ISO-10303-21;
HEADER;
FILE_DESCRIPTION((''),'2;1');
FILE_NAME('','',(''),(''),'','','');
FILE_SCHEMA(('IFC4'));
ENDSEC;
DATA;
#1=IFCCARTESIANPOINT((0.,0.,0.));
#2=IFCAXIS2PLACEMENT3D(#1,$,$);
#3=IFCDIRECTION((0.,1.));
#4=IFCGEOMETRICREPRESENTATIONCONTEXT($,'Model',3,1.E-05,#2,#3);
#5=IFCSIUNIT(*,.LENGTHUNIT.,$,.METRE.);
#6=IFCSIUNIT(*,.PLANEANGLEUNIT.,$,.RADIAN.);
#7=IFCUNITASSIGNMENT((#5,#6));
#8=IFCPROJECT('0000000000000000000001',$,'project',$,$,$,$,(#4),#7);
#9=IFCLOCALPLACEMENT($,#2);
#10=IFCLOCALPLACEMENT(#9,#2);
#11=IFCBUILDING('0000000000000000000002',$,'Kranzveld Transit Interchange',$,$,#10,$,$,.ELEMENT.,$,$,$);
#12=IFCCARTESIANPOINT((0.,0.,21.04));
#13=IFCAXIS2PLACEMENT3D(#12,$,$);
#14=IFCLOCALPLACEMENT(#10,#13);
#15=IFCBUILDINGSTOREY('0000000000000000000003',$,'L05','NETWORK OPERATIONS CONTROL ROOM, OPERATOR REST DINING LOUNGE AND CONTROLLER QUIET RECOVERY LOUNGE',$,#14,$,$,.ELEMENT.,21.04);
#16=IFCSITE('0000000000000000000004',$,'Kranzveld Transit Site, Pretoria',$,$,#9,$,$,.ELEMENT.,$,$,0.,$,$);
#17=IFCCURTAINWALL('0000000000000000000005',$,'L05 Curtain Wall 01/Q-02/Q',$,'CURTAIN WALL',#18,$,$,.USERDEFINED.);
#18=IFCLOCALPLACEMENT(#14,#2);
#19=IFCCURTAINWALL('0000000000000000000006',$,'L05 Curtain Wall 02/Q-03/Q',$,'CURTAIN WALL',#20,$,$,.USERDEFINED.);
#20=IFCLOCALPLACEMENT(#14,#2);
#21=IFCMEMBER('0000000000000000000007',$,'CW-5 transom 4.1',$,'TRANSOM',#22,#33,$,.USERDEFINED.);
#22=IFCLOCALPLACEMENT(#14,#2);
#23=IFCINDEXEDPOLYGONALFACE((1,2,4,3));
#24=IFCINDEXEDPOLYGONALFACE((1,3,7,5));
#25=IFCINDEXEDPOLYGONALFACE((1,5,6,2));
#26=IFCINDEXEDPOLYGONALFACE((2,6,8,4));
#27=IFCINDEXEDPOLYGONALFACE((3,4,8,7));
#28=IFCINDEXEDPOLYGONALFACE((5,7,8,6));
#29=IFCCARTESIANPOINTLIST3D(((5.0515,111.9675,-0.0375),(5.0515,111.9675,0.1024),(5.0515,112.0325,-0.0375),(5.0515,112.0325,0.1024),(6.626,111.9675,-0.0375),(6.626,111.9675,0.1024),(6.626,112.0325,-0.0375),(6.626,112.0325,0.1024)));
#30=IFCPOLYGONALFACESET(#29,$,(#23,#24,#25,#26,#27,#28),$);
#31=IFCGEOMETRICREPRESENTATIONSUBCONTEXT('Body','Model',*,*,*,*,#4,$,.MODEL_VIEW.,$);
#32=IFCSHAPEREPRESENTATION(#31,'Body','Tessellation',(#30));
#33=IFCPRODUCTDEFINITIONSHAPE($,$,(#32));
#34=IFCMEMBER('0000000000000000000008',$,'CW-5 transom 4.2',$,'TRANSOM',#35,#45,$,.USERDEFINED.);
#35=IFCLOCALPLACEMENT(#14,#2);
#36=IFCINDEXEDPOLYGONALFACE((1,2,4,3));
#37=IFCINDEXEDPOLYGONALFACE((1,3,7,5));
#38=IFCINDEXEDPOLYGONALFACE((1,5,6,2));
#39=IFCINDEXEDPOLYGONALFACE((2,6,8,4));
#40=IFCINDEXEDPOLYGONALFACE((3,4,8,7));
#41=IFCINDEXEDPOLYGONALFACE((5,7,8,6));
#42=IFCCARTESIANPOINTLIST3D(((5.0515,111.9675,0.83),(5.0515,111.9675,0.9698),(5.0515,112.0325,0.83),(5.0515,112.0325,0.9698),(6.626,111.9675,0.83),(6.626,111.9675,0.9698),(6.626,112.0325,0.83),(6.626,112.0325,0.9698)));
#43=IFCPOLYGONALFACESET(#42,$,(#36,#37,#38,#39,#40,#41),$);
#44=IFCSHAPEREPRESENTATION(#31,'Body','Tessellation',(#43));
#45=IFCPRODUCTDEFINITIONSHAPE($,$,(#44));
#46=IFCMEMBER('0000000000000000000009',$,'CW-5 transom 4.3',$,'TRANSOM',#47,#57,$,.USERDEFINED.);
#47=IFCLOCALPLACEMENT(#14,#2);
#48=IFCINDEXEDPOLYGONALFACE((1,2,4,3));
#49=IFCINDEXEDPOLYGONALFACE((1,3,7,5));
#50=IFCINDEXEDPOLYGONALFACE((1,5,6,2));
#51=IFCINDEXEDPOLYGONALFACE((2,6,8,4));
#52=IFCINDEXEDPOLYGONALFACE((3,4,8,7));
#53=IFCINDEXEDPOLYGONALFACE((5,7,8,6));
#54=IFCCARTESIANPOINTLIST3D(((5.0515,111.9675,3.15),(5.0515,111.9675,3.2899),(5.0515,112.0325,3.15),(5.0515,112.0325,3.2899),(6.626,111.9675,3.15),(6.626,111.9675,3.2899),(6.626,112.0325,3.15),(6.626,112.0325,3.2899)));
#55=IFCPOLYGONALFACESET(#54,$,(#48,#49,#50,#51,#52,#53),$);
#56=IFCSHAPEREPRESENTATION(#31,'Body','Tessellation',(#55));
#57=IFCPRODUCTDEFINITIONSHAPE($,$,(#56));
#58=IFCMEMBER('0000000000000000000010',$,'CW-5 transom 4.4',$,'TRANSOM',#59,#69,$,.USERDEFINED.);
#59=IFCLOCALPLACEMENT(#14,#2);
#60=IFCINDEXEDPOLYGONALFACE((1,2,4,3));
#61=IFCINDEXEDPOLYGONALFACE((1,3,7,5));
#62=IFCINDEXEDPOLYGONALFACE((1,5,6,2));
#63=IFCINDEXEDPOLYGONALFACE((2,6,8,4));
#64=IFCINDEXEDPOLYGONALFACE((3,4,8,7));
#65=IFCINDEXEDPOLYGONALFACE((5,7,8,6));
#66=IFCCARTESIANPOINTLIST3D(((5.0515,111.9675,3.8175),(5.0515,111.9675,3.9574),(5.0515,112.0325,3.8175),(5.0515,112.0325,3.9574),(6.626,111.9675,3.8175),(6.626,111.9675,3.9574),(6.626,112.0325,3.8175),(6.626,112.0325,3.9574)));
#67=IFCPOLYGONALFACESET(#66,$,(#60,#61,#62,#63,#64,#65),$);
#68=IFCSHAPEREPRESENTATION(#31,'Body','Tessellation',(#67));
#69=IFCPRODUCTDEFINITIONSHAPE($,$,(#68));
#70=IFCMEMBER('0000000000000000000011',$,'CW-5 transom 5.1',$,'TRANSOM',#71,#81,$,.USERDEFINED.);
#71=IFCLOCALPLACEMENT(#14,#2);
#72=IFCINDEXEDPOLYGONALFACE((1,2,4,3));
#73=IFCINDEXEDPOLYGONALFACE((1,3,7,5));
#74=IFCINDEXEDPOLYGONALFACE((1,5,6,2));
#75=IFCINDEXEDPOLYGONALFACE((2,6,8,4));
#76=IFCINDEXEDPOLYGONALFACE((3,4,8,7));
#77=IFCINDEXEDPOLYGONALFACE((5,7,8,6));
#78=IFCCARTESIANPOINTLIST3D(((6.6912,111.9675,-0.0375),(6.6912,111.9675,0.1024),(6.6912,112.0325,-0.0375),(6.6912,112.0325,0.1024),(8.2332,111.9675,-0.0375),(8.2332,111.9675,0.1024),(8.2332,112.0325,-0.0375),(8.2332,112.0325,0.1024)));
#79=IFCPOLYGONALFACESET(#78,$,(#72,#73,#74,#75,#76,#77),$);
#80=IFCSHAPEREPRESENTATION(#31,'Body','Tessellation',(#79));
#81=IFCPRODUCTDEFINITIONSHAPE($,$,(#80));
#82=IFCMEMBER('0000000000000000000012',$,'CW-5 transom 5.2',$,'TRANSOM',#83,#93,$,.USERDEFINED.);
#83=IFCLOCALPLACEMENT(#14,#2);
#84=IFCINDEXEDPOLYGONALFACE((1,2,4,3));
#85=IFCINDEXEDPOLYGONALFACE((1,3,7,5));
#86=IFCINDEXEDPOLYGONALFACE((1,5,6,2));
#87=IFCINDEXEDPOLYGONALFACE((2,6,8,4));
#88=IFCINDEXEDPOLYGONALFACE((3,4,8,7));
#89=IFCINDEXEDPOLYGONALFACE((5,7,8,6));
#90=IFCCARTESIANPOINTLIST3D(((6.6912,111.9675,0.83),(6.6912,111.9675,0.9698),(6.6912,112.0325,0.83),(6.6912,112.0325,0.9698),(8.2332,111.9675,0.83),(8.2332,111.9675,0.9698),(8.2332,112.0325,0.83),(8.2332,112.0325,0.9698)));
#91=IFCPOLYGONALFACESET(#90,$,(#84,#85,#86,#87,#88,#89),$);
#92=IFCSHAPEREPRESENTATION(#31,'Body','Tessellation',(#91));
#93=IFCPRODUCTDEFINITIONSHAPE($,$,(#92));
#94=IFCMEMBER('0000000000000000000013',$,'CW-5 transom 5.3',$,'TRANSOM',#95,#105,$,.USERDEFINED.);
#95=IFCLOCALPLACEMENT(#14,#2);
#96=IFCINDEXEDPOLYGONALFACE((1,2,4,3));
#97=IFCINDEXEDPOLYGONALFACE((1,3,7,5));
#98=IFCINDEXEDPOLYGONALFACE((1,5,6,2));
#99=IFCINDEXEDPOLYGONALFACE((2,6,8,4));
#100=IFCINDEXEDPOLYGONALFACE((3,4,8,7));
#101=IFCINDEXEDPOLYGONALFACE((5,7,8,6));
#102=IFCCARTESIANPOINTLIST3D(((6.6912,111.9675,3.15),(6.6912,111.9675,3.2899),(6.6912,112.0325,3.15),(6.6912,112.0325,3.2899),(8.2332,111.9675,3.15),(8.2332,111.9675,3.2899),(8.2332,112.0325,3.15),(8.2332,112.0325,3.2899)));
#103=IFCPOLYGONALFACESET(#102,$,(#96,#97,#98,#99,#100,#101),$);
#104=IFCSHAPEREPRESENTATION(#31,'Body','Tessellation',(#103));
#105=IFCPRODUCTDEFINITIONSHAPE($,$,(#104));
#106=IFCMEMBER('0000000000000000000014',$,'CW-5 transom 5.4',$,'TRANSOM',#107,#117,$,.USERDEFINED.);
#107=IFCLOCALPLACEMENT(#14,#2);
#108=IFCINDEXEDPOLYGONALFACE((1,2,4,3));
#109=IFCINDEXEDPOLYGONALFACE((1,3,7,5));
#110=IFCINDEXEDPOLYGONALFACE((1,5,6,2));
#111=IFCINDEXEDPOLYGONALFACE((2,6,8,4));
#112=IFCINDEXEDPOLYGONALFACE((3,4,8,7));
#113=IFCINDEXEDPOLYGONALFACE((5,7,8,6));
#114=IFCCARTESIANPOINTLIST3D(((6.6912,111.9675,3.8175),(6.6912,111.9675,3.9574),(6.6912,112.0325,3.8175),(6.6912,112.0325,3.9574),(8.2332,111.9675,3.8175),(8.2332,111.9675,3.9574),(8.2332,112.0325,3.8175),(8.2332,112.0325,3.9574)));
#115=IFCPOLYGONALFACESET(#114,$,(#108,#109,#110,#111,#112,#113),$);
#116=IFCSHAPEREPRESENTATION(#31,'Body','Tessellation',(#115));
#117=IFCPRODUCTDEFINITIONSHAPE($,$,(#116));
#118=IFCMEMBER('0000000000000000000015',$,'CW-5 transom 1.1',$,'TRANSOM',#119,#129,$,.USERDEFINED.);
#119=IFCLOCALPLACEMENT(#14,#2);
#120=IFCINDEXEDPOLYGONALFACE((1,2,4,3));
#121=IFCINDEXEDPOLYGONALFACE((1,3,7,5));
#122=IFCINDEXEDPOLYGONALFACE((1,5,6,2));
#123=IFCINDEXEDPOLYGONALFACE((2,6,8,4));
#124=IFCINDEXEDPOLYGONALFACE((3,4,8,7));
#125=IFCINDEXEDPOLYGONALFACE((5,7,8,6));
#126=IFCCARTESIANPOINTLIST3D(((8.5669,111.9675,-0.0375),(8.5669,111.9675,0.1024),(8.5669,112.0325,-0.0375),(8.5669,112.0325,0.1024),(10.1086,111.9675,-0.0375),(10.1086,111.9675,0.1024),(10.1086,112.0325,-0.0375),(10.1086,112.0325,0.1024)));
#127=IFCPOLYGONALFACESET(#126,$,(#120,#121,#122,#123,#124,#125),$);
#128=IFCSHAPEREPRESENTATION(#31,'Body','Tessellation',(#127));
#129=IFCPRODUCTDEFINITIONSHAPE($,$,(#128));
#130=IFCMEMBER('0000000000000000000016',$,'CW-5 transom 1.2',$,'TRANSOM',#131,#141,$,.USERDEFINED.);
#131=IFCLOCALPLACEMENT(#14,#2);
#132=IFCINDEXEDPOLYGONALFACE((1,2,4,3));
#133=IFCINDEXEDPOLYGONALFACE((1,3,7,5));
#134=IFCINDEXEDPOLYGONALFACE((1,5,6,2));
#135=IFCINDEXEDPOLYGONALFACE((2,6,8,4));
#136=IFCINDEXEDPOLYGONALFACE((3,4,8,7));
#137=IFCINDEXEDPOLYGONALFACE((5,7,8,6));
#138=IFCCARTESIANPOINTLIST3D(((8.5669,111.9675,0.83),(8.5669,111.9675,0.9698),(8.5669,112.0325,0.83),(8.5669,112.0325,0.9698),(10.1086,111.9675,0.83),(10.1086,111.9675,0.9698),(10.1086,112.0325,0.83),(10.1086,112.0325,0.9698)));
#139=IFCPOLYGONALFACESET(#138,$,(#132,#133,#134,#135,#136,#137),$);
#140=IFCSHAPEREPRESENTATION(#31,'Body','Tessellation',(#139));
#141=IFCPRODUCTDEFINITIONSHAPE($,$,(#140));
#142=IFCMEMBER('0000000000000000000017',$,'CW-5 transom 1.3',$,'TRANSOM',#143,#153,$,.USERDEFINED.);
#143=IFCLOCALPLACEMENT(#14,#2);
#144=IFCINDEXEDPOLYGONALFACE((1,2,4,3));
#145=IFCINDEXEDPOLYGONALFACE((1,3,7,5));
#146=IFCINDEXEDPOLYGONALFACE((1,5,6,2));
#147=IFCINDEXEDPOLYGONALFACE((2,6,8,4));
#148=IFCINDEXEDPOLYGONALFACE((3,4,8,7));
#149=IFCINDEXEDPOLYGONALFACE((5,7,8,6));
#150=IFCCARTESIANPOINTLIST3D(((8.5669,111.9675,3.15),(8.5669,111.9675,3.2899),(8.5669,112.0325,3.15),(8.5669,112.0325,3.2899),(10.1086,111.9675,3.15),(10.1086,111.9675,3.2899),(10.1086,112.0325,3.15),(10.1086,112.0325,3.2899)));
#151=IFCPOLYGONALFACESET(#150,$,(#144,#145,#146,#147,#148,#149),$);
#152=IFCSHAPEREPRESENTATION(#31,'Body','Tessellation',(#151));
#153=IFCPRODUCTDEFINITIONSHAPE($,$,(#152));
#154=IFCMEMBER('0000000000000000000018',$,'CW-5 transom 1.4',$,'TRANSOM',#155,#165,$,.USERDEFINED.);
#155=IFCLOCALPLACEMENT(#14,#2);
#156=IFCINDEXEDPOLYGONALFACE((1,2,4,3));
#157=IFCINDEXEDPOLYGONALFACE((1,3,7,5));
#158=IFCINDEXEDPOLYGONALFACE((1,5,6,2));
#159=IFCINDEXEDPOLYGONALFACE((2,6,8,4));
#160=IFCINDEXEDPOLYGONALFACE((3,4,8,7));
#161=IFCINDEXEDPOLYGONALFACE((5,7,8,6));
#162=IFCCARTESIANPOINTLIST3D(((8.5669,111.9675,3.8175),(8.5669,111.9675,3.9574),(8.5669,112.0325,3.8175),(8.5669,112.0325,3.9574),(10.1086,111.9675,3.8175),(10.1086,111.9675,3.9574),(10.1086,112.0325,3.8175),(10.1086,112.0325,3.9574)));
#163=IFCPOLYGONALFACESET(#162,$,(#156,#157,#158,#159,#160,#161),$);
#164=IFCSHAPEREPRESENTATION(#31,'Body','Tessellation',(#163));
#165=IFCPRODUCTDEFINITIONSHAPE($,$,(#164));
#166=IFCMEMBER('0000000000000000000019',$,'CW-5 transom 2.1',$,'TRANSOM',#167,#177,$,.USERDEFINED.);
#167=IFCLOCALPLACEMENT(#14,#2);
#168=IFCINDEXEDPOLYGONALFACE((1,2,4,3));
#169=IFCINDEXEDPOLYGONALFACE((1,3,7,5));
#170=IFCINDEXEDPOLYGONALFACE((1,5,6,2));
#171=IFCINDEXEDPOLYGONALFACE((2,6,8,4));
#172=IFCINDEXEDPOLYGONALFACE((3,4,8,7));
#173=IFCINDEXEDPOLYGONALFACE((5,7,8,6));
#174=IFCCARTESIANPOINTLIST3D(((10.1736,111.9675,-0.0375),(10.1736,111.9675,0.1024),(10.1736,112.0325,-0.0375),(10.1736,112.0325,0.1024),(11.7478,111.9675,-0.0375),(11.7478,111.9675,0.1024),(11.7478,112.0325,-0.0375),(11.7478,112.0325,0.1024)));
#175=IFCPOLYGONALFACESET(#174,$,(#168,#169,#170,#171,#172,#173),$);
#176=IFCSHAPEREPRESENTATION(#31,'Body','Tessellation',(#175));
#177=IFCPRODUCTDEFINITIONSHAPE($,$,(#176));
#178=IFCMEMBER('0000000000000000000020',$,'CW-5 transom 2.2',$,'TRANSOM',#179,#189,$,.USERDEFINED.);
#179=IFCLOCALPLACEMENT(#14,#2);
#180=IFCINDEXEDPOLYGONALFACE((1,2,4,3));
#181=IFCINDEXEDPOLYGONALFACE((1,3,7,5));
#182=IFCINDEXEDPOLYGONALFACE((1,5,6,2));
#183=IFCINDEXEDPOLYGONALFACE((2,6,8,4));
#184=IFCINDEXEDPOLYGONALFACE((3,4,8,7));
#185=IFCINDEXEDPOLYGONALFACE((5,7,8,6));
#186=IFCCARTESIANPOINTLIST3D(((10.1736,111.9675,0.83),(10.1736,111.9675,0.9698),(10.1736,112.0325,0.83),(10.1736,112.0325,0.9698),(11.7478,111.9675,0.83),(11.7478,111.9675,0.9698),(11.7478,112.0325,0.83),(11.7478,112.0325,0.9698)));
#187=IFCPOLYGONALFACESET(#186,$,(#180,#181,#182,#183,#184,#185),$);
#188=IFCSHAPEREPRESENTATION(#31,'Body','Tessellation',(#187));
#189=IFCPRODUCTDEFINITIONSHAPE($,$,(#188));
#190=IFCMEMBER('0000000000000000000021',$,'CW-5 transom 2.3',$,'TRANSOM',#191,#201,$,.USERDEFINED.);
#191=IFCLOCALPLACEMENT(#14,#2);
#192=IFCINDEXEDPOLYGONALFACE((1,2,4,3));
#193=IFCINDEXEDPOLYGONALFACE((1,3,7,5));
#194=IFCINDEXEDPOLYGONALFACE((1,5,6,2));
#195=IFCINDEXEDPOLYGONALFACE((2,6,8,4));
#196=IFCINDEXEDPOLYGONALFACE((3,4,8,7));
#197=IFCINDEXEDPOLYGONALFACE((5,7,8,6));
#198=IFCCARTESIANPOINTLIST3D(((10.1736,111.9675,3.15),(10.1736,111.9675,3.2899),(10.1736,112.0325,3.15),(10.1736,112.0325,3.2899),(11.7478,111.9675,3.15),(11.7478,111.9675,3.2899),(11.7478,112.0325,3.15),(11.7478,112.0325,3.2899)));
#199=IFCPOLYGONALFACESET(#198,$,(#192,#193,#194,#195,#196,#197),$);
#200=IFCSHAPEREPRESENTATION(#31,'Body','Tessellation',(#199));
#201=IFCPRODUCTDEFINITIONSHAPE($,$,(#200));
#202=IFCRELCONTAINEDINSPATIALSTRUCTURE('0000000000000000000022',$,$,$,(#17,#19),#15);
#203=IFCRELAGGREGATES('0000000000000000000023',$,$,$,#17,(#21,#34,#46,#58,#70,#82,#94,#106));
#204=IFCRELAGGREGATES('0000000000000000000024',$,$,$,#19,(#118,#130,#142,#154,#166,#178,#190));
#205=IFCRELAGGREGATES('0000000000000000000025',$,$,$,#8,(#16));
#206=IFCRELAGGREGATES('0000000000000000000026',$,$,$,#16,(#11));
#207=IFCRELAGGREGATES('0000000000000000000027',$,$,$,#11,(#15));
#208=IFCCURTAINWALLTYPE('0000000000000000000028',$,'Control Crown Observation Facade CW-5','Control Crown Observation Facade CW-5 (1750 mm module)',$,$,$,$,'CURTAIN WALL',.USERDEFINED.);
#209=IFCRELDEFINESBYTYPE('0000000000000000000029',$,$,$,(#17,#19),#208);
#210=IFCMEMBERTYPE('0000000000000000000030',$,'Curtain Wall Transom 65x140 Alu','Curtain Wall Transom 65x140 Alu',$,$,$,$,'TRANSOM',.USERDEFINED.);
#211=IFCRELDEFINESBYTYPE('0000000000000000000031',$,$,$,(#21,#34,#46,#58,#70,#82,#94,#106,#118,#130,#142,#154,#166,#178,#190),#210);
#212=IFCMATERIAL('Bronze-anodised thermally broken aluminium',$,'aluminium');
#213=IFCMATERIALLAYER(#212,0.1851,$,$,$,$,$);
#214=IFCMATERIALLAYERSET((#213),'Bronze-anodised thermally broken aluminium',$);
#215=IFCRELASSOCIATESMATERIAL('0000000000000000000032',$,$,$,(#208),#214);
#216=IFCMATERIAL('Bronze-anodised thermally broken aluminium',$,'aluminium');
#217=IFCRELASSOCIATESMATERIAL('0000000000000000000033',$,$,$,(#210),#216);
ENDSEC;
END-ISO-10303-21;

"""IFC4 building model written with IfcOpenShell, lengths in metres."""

from ifc_helpers import new_model, si_unit, direction, frame, origin, origin_2d, place, context, subcontext, project, spatial, rectangle, extrude, material, layer, layer_set, material_profile, profile_set, type_object, element, aggregate, save


model = new_model("IFC4")

# Units and contexts
model_context = context("Model", 3, precision=1e-05, world=origin(), true_north=direction((0.0, 1.0)))
body_context = subcontext(model_context, "Body", "Model", "MODEL_VIEW")
ifc_project = project(units=[si_unit("LENGTHUNIT", "METRE"), si_unit("PLANEANGLEUNIT", "RADIAN")], contexts=[model_context])

# Site, building, storey
site_placement = place(None, origin())
site = spatial("IfcSite", under=ifc_project, at=site_placement, Name="Kranzveld Transit Site, Pretoria", CompositionType="ELEMENT", RefElevation=0.0)
building_placement = place(site_placement, origin())
building = spatial("IfcBuilding", under=site, at=building_placement, Name="Kranzveld Transit Interchange", CompositionType="ELEMENT")
storey_placement = place(building_placement, frame((0.0, 0.0, 21.04)))
storey = spatial("IfcBuildingStorey", under=building, at=storey_placement, Name="L05", Description="NETWORK OPERATIONS CONTROL ROOM, OPERATOR REST DINING LOUNGE AND CONTROLLER QUIET RECOVERY LOUNGE", CompositionType="ELEMENT", Elevation=21.04)

# Curtain walls
ifc_material_1 = material(Name="Bronze-anodised thermally broken aluminium", Category="aluminium")
ifc_layer_1 = layer(ifc_material_1, 0.1851)
ifc_layer_set_1 = layer_set([ifc_layer_1], Name="Bronze-anodised thermally broken aluminium")
curtain_wall_type = type_object("IfcCurtainWallType", Name="Control Crown Observation Facade CW-5", Description="Control Crown Observation Facade CW-5 (1750 mm module)", ElementType="CURTAIN WALL", PredefinedType="USERDEFINED", material=ifc_layer_set_1)
curtain_wall_1_placement = place(storey_placement, origin())
curtain_wall_1 = element("IfcCurtainWall", 1, at=curtain_wall_1_placement, inside=storey, type_object=curtain_wall_type, Name="L05 Curtain Wall 01/Q-02/Q", ObjectType="CURTAIN WALL", PredefinedType="USERDEFINED")
curtain_wall_2_placement = place(storey_placement, origin())
curtain_wall_2 = element("IfcCurtainWall", 2, at=curtain_wall_2_placement, inside=storey, type_object=curtain_wall_type, Name="L05 Curtain Wall 02/Q-03/Q", ObjectType="CURTAIN WALL", PredefinedType="USERDEFINED")

# Members
ifc_material_2 = material(Name="Bronze-anodised thermally broken aluminium", Category="aluminium")
ifc_material_profile_1 = material_profile(ifc_material_2, rectangle(XDim=0.0649, YDim=0.1399, at=origin_2d()), Name="ALU TRANSOM 65x140")
ifc_profile_set_1 = profile_set([ifc_material_profile_1], Name="Bronze-anodised thermally broken aluminium")
member_type_1 = type_object("IfcMemberType", Name="Curtain Wall Transom 65x140 Alu", Description="Curtain Wall Transom 65x140 Alu", ElementType="TRANSOM", PredefinedType="USERDEFINED", material=ifc_profile_set_1)
member_1_placement = place(storey_placement, frame((5.0515, 112.0, 0.0325), z_axis=(1.0, 0.0, 0.0), x_axis=(0.0, 1.0, 0.0)))
member_1 = element("IfcMember", 3, at=member_1_placement, type_object=member_type_1, Name="CW-5 transom 4.1", ObjectType="TRANSOM", PredefinedType="USERDEFINED", context=body_context, shape_type="SweptSolid", body=[
    extrude(rectangle(XDim=0.0649, YDim=0.1399, at=origin_2d()), origin(), (0.0, 0.0, 1.0), 1.5745),
])
member_2_placement = place(storey_placement, frame((5.0515, 112.0, 0.8999), z_axis=(1.0, 0.0, 0.0), x_axis=(0.0, 1.0, 0.0)))
member_2 = element("IfcMember", 4, at=member_2_placement, type_object=member_type_1, Name="CW-5 transom 4.2", ObjectType="TRANSOM", PredefinedType="USERDEFINED", context=body_context, shape_type="SweptSolid", body=[
    extrude(rectangle(XDim=0.0649, YDim=0.1399, at=origin_2d()), origin(), (0.0, 0.0, 1.0), 1.5745),
])
member_3_placement = place(storey_placement, frame((5.0515, 112.0, 3.22), z_axis=(1.0, 0.0, 0.0), x_axis=(0.0, 1.0, 0.0)))
member_3 = element("IfcMember", 5, at=member_3_placement, type_object=member_type_1, Name="CW-5 transom 4.3", ObjectType="TRANSOM", PredefinedType="USERDEFINED", context=body_context, shape_type="SweptSolid", body=[
    extrude(rectangle(XDim=0.0649, YDim=0.1399, at=origin_2d()), origin(), (0.0, 0.0, 1.0), 1.5745),
])
member_4_placement = place(storey_placement, frame((5.0515, 112.0, 3.8875), z_axis=(1.0, 0.0, 0.0), x_axis=(0.0, 1.0, 0.0)))
member_4 = element("IfcMember", 6, at=member_4_placement, type_object=member_type_1, Name="CW-5 transom 4.4", ObjectType="TRANSOM", PredefinedType="USERDEFINED", context=body_context, shape_type="SweptSolid", body=[
    extrude(rectangle(XDim=0.0649, YDim=0.1399, at=origin_2d()), origin(), (0.0, 0.0, 1.0), 1.5745),
])
member_5_placement = place(storey_placement, frame((6.6912, 112.0, 0.0325), z_axis=(1.0, 0.0, 0.0), x_axis=(0.0, 1.0, 0.0)))
member_5 = element("IfcMember", 7, at=member_5_placement, type_object=member_type_1, Name="CW-5 transom 5.1", ObjectType="TRANSOM", PredefinedType="USERDEFINED", context=body_context, shape_type="SweptSolid", body=[
    extrude(rectangle(XDim=0.0649, YDim=0.1399, at=origin_2d()), origin(), (0.0, 0.0, 1.0), 1.542),
])
member_6_placement = place(storey_placement, frame((6.6912, 112.0, 0.8999), z_axis=(1.0, 0.0, 0.0), x_axis=(0.0, 1.0, 0.0)))
member_6 = element("IfcMember", 8, at=member_6_placement, type_object=member_type_1, Name="CW-5 transom 5.2", ObjectType="TRANSOM", PredefinedType="USERDEFINED", context=body_context, shape_type="SweptSolid", body=[
    extrude(rectangle(XDim=0.0649, YDim=0.1399, at=origin_2d()), origin(), (0.0, 0.0, 1.0), 1.542),
])
member_7_placement = place(storey_placement, frame((6.6912, 112.0, 3.22), z_axis=(1.0, 0.0, 0.0), x_axis=(0.0, 1.0, 0.0)))
member_7 = element("IfcMember", 9, at=member_7_placement, type_object=member_type_1, Name="CW-5 transom 5.3", ObjectType="TRANSOM", PredefinedType="USERDEFINED", context=body_context, shape_type="SweptSolid", body=[
    extrude(rectangle(XDim=0.0649, YDim=0.1399, at=origin_2d()), origin(), (0.0, 0.0, 1.0), 1.542),
])
member_8_placement = place(storey_placement, frame((6.6912, 112.0, 3.8875), z_axis=(1.0, 0.0, 0.0), x_axis=(0.0, 1.0, 0.0)))
member_8 = element("IfcMember", 10, at=member_8_placement, type_object=member_type_1, Name="CW-5 transom 5.4", ObjectType="TRANSOM", PredefinedType="USERDEFINED", context=body_context, shape_type="SweptSolid", body=[
    extrude(rectangle(XDim=0.0649, YDim=0.1399, at=origin_2d()), origin(), (0.0, 0.0, 1.0), 1.542),
])
member_9_placement = place(storey_placement, frame((8.5669, 112.0, 0.0325), z_axis=(1.0, 0.0, 0.0), x_axis=(0.0, 1.0, 0.0)))
member_9 = element("IfcMember", 11, at=member_9_placement, type_object=member_type_1, Name="CW-5 transom 1.1", ObjectType="TRANSOM", PredefinedType="USERDEFINED", context=body_context, shape_type="SweptSolid", body=[
    extrude(rectangle(XDim=0.0649, YDim=0.1399, at=origin_2d()), origin(), (0.0, 0.0, 1.0), 1.5417),
])
member_10_placement = place(storey_placement, frame((8.5669, 112.0, 0.8999), z_axis=(1.0, 0.0, 0.0), x_axis=(0.0, 1.0, 0.0)))
member_10 = element("IfcMember", 12, at=member_10_placement, type_object=member_type_1, Name="CW-5 transom 1.2", ObjectType="TRANSOM", PredefinedType="USERDEFINED", context=body_context, shape_type="SweptSolid", body=[
    extrude(rectangle(XDim=0.0649, YDim=0.1399, at=origin_2d()), origin(), (0.0, 0.0, 1.0), 1.5417),
])
member_11_placement = place(storey_placement, frame((8.5669, 112.0, 3.22), z_axis=(1.0, 0.0, 0.0), x_axis=(0.0, 1.0, 0.0)))
member_11 = element("IfcMember", 13, at=member_11_placement, type_object=member_type_1, Name="CW-5 transom 1.3", ObjectType="TRANSOM", PredefinedType="USERDEFINED", context=body_context, shape_type="SweptSolid", body=[
    extrude(rectangle(XDim=0.0649, YDim=0.1399, at=origin_2d()), origin(), (0.0, 0.0, 1.0), 1.5417),
])
member_12_placement = place(storey_placement, frame((8.5669, 112.0, 3.8875), z_axis=(1.0, 0.0, 0.0), x_axis=(0.0, 1.0, 0.0)))
member_12 = element("IfcMember", 14, at=member_12_placement, type_object=member_type_1, Name="CW-5 transom 1.4", ObjectType="TRANSOM", PredefinedType="USERDEFINED", context=body_context, shape_type="SweptSolid", body=[
    extrude(rectangle(XDim=0.0649, YDim=0.1399, at=origin_2d()), origin(), (0.0, 0.0, 1.0), 1.5417),
])
member_13_placement = place(storey_placement, frame((10.1736, 112.0, 0.0325), z_axis=(1.0, 0.0, 0.0), x_axis=(0.0, 1.0, 0.0)))
member_13 = element("IfcMember", 15, at=member_13_placement, type_object=member_type_1, Name="CW-5 transom 2.1", ObjectType="TRANSOM", PredefinedType="USERDEFINED", context=body_context, shape_type="SweptSolid", body=[
    extrude(rectangle(XDim=0.0649, YDim=0.1399, at=origin_2d()), origin(), (0.0, 0.0, 1.0), 1.5742),
])
member_14_placement = place(storey_placement, frame((10.1736, 112.0, 0.8999), z_axis=(1.0, 0.0, 0.0), x_axis=(0.0, 1.0, 0.0)))
member_14 = element("IfcMember", 16, at=member_14_placement, type_object=member_type_1, Name="CW-5 transom 2.2", ObjectType="TRANSOM", PredefinedType="USERDEFINED", context=body_context, shape_type="SweptSolid", body=[
    extrude(rectangle(XDim=0.0649, YDim=0.1399, at=origin_2d()), origin(), (0.0, 0.0, 1.0), 1.5742),
])
member_15_placement = place(storey_placement, frame((10.1736, 112.0, 3.22), z_axis=(1.0, 0.0, 0.0), x_axis=(0.0, 1.0, 0.0)))
member_15 = element("IfcMember", 17, at=member_15_placement, type_object=member_type_1, Name="CW-5 transom 2.3", ObjectType="TRANSOM", PredefinedType="USERDEFINED", context=body_context, shape_type="SweptSolid", body=[
    extrude(rectangle(XDim=0.0649, YDim=0.1399, at=origin_2d()), origin(), (0.0, 0.0, 1.0), 1.5742),
])

aggregate(curtain_wall_1, [member_1, member_2, member_3, member_4, member_5, member_6, member_7, member_8])
aggregate(curtain_wall_2, [member_9, member_10, member_11, member_12, member_13, member_14, member_15])

save(model, "model.ifc")
